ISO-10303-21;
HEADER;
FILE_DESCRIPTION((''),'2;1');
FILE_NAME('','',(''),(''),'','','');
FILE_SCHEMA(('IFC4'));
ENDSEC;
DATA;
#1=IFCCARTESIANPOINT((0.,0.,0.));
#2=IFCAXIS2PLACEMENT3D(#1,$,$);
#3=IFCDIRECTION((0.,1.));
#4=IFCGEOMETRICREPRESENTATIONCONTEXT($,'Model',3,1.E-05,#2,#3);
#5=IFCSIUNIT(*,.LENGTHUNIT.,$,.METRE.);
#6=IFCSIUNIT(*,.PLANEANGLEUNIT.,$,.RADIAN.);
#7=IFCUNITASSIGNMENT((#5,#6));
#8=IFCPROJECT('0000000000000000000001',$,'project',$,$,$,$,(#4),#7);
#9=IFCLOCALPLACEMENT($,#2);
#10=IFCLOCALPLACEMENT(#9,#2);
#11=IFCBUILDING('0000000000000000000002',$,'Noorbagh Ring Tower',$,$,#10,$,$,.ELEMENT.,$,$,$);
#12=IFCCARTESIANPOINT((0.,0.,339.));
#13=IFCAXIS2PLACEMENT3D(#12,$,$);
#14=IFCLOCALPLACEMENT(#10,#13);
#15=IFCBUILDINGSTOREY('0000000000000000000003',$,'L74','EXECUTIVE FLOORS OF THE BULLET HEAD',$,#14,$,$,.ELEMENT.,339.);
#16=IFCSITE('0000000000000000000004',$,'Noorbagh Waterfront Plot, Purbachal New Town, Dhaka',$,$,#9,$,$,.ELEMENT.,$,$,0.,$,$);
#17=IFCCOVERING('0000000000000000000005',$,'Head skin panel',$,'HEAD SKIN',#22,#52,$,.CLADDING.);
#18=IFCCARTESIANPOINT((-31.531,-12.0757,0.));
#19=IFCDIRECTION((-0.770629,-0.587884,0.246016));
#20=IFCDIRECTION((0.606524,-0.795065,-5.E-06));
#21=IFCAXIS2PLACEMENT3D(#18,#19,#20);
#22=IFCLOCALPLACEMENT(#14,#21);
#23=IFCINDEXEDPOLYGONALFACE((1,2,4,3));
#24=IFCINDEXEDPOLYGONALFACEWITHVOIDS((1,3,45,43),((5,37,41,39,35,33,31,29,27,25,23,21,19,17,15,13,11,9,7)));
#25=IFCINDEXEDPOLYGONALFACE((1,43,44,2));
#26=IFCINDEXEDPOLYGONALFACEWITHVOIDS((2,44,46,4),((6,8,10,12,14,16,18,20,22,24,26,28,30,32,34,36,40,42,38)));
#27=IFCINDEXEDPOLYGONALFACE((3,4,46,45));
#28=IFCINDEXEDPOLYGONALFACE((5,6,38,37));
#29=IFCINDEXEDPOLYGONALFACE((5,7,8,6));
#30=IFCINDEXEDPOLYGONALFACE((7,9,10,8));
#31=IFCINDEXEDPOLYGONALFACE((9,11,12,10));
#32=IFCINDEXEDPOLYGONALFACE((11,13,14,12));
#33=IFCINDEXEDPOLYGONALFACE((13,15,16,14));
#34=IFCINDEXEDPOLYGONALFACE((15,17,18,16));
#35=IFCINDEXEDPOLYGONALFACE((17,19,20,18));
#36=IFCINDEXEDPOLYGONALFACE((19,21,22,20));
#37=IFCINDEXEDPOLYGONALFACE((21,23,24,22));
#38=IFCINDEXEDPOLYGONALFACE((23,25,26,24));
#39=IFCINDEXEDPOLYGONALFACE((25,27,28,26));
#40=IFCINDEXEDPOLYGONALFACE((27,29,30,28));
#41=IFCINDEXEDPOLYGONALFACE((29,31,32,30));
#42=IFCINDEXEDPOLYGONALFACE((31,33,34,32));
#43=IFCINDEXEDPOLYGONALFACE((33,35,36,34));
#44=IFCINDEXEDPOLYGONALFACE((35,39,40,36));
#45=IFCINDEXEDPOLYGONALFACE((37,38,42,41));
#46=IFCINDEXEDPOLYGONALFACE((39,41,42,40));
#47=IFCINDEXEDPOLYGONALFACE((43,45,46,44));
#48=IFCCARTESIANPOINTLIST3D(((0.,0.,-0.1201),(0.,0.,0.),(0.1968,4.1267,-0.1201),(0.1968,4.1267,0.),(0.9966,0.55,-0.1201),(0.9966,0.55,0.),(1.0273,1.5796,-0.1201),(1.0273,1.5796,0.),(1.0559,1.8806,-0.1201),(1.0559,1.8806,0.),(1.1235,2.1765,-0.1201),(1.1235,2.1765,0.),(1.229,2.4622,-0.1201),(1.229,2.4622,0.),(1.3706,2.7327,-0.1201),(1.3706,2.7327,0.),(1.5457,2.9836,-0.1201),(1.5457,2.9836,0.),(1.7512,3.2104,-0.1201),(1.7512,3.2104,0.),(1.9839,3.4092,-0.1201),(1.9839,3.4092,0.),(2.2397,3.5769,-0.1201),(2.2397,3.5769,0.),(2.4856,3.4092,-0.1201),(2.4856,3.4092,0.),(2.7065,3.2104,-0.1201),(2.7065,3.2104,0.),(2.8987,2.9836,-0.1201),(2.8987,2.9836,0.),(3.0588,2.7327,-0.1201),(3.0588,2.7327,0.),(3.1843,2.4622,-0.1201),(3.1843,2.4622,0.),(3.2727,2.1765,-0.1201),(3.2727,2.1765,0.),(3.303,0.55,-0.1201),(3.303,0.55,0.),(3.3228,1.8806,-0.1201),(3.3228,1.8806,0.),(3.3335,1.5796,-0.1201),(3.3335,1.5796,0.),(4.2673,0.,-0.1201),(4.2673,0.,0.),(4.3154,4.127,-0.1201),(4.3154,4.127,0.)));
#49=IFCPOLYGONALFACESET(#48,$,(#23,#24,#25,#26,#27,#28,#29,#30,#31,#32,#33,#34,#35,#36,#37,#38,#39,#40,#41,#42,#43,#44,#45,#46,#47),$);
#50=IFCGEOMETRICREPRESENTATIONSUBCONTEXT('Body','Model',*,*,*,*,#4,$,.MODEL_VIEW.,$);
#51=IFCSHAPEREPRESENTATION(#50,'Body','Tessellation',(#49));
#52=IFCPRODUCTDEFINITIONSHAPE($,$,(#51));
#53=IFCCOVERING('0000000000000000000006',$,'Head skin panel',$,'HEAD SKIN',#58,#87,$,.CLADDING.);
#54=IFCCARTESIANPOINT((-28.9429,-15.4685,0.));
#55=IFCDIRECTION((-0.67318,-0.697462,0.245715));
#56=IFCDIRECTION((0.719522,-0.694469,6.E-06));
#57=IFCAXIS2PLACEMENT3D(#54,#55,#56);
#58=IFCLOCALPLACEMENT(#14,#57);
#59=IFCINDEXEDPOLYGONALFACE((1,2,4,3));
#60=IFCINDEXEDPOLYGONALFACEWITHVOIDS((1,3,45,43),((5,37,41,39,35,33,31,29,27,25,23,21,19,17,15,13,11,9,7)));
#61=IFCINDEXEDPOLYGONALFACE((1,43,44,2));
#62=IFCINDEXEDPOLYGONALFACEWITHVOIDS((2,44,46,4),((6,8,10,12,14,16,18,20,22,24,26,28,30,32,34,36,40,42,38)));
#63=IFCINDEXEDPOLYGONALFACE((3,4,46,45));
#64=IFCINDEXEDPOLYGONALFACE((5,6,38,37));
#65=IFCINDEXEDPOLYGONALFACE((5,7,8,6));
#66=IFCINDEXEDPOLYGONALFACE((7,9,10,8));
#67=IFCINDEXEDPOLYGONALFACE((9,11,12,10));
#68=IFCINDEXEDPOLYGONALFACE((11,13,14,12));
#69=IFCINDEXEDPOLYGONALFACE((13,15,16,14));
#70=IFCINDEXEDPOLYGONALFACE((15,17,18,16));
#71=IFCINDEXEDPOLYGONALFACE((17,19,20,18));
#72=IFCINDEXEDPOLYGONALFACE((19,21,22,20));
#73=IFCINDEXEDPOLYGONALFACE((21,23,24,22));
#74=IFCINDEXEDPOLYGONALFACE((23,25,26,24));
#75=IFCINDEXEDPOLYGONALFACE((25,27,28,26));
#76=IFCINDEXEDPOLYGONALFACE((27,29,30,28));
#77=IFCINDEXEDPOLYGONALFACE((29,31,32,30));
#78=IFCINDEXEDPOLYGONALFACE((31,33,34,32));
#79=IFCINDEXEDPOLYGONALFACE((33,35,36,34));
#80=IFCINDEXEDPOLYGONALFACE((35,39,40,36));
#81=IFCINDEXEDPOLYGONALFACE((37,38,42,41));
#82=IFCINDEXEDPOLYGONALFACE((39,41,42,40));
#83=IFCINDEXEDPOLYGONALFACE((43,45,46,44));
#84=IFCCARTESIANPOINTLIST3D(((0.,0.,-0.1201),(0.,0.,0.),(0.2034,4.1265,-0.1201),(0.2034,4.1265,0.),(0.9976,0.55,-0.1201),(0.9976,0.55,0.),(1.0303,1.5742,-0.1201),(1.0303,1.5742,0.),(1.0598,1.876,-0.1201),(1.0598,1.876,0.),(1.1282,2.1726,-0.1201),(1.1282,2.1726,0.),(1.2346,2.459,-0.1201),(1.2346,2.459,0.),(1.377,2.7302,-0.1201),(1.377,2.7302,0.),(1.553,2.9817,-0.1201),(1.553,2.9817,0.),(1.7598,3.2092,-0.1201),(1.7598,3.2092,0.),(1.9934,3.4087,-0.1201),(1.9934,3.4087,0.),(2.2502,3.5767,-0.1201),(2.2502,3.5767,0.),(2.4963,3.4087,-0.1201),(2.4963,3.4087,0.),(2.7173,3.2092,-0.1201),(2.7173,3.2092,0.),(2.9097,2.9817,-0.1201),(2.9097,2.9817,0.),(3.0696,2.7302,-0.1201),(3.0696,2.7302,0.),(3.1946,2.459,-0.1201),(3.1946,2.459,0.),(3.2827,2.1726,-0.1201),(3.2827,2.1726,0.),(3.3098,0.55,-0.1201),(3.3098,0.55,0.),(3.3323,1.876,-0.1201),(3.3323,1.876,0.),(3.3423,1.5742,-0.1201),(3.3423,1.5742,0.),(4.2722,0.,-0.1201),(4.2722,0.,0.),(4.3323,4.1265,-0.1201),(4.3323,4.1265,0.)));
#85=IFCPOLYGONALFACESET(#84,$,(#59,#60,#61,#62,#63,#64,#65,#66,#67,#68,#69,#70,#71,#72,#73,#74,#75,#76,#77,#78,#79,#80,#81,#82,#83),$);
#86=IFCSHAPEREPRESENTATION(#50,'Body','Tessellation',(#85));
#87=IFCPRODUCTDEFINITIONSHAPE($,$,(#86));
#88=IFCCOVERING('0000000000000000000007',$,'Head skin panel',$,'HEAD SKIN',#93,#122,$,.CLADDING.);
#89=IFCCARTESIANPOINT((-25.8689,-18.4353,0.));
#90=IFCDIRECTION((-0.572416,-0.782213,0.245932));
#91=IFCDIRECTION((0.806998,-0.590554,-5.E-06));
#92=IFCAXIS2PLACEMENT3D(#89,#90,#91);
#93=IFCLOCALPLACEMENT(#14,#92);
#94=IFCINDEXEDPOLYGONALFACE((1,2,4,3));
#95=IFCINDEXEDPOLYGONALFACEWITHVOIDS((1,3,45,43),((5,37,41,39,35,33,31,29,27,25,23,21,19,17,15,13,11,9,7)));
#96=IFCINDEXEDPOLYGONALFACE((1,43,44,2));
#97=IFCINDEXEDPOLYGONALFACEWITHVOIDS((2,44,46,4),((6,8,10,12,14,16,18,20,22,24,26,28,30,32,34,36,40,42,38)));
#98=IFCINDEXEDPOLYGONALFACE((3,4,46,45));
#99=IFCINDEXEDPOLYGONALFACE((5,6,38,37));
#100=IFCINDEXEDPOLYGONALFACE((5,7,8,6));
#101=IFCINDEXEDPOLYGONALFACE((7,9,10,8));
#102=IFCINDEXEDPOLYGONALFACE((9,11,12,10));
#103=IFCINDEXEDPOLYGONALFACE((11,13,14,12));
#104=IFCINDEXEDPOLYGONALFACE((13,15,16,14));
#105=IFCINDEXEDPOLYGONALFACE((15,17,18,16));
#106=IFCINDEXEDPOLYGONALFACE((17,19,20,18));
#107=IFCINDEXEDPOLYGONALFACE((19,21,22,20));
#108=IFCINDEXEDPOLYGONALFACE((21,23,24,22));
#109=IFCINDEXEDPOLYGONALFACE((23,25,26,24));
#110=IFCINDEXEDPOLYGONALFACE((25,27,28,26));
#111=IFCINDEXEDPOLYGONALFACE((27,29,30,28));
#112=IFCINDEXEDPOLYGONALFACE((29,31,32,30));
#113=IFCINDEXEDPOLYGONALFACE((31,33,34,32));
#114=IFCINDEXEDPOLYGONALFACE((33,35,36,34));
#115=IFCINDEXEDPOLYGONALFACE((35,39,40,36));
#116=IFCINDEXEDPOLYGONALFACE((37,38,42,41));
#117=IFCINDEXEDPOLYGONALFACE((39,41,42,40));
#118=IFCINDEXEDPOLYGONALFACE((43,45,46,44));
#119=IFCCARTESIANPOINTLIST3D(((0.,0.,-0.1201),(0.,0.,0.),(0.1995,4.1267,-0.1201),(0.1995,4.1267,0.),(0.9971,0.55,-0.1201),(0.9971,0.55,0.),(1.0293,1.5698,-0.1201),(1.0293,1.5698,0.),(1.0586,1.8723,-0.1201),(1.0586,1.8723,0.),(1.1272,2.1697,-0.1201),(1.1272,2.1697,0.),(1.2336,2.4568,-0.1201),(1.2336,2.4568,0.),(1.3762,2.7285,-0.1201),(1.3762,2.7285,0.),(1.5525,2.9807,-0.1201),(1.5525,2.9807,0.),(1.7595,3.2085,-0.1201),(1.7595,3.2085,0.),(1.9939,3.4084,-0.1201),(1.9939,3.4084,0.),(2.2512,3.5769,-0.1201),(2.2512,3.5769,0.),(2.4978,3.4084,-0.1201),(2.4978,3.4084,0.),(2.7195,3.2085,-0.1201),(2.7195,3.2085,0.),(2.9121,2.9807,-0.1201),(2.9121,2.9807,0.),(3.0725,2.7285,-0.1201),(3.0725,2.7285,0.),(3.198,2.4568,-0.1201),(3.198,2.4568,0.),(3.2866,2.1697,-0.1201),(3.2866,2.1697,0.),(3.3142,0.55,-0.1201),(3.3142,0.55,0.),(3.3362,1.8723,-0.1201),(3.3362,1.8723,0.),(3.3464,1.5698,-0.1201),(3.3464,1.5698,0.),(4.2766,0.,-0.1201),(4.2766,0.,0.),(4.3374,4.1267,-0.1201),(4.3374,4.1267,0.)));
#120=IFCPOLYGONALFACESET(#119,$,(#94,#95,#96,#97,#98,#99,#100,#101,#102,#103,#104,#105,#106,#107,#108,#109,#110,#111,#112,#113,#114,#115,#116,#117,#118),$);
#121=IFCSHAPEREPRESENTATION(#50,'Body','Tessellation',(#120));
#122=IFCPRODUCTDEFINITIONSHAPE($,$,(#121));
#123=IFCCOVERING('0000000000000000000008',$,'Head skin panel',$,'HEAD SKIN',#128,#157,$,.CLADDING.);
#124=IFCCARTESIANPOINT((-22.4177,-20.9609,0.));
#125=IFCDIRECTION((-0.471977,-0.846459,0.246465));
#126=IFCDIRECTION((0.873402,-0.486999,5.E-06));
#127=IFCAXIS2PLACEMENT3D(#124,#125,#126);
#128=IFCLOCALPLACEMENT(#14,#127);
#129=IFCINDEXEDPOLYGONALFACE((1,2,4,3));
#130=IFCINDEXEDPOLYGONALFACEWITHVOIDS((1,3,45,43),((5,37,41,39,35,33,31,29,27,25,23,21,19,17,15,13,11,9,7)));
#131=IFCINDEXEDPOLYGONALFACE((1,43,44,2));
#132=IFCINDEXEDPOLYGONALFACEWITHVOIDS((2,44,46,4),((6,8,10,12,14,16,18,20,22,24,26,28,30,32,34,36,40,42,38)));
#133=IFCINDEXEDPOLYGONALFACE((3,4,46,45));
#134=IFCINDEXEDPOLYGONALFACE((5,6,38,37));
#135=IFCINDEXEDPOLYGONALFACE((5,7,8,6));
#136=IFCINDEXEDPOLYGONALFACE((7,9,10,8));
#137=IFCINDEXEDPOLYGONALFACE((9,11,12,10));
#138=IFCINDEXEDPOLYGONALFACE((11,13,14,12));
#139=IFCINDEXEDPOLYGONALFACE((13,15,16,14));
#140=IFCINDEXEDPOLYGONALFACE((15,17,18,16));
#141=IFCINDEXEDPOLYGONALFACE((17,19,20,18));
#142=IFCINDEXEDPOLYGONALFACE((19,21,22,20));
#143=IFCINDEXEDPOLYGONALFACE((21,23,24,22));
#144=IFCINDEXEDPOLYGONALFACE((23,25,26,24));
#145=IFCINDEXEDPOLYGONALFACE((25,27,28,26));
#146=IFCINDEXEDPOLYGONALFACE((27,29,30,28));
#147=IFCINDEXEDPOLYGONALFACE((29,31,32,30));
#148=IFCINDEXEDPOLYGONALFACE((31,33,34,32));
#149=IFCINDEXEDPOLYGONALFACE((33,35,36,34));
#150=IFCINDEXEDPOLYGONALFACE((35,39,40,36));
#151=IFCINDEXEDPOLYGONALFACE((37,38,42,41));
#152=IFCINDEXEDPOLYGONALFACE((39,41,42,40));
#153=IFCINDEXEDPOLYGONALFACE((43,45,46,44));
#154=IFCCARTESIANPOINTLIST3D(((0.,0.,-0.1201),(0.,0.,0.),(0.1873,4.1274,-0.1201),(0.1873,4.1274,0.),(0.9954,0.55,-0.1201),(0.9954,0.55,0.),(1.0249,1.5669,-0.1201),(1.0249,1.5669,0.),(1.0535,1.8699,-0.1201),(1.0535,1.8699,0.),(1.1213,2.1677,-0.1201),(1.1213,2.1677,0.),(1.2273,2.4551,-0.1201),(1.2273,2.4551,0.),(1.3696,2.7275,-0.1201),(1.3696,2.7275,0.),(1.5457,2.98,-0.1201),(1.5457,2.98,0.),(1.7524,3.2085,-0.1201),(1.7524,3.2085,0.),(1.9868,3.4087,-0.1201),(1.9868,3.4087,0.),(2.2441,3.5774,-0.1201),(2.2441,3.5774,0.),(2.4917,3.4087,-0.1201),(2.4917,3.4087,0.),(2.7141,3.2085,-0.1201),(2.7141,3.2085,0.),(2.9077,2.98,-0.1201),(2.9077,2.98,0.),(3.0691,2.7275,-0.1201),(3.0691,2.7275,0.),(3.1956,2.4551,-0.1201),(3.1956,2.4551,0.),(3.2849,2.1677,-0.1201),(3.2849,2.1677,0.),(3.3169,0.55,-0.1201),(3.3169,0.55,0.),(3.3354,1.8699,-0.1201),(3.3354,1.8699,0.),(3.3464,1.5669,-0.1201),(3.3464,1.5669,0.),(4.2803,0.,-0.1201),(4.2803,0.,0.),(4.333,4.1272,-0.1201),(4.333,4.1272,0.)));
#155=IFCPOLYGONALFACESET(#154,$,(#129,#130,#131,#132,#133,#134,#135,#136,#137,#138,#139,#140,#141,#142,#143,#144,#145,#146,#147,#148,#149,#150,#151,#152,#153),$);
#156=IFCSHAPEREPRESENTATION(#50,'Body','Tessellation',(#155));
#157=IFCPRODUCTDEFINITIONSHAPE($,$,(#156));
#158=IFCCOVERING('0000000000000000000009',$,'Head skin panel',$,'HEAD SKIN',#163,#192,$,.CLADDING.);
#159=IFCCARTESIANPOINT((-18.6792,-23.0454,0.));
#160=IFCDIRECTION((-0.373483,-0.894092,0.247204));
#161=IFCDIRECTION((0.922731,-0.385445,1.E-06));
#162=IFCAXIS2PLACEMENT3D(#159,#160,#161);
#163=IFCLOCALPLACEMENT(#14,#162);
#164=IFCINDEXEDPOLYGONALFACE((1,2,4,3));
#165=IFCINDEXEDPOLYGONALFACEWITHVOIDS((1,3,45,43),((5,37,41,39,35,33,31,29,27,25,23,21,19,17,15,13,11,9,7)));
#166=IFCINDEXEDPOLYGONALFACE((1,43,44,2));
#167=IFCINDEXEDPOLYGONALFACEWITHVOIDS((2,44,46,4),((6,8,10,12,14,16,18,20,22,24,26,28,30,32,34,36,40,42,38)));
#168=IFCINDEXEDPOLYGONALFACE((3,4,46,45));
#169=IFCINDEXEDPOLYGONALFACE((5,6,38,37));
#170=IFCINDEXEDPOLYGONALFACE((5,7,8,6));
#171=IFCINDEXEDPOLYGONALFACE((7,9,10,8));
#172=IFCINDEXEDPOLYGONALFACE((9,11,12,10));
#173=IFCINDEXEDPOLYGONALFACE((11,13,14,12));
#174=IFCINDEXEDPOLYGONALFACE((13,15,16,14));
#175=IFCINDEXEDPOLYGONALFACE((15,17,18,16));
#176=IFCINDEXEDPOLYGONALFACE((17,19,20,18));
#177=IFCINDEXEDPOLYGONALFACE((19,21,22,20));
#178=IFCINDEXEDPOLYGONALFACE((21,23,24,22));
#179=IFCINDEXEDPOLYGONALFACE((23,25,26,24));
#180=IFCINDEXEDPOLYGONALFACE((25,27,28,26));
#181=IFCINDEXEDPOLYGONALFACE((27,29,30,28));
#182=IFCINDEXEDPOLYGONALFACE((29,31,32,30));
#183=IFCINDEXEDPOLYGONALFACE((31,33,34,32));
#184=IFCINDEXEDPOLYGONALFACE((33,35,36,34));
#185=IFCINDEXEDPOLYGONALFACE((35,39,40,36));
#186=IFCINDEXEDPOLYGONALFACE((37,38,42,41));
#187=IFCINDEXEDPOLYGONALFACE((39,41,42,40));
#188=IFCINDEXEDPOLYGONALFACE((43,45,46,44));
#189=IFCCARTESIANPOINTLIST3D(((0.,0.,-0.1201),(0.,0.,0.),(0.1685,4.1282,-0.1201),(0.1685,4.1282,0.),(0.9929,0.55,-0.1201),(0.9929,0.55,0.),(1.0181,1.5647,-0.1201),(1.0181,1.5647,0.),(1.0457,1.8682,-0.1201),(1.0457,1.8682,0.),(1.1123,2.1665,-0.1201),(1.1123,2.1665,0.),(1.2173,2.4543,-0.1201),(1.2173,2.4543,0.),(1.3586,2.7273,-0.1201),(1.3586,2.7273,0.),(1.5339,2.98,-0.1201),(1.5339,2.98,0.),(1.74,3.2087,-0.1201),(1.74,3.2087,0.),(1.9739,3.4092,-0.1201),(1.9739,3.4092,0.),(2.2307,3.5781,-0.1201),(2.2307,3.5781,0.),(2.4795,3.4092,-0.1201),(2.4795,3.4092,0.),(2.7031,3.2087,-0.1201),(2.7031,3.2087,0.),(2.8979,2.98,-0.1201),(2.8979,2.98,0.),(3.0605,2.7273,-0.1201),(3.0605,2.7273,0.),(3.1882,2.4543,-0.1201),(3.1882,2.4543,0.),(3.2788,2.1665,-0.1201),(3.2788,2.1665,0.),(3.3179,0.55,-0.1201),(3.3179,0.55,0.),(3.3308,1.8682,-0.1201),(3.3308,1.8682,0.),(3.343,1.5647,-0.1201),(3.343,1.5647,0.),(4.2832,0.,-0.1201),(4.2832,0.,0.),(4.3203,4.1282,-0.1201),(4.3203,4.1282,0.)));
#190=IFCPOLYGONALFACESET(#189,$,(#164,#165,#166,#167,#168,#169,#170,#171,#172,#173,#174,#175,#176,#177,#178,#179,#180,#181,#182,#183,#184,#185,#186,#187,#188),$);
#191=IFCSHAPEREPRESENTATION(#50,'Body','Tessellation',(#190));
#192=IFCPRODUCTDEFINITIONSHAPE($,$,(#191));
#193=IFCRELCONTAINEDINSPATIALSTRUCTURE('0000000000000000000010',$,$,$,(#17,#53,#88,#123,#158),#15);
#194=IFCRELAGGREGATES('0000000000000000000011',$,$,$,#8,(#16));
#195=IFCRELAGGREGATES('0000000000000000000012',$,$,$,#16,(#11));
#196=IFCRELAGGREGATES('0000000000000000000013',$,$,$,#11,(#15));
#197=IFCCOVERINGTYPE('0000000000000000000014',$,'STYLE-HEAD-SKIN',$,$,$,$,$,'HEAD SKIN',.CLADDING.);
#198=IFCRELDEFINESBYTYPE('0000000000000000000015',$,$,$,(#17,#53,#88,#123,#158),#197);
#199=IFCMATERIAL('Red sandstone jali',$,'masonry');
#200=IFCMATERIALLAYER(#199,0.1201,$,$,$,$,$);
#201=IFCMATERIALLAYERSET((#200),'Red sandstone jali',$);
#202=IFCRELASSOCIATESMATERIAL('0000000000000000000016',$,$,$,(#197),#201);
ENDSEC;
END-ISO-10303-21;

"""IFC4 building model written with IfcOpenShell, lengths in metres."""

from ifc_helpers import new_model, si_unit, direction, frame, origin, place, context, subcontext, project, spatial, polyline, outline, extrude, material, layer, layer_set, type_object, element, save


model = new_model("IFC4")

# Units and contexts
model_context = context("Model", 3, precision=1e-05, world=origin(), true_north=direction((0.0, 1.0)))
body_context = subcontext(model_context, "Body", "Model", "MODEL_VIEW")
ifc_project = project(units=[si_unit("LENGTHUNIT", "METRE"), si_unit("PLANEANGLEUNIT", "RADIAN")], contexts=[model_context])

# Site, building, storey
site_placement = place(None, origin())
site = spatial("IfcSite", under=ifc_project, at=site_placement, Name="Noorbagh Waterfront Plot, Purbachal New Town, Dhaka", CompositionType="ELEMENT", RefElevation=0.0)
building_placement = place(site_placement, origin())
building = spatial("IfcBuilding", under=site, at=building_placement, Name="Noorbagh Ring Tower", CompositionType="ELEMENT")
storey_placement = place(building_placement, frame((0.0, 0.0, 339.0)))
storey = spatial("IfcBuildingStorey", under=building, at=storey_placement, Name="L74", Description="EXECUTIVE FLOORS OF THE BULLET HEAD", CompositionType="ELEMENT", Elevation=339.0)

# Coverings
ifc_material_1 = material(Name="Red sandstone jali", Category="masonry")
ifc_layer_1 = layer(ifc_material_1, 0.1201)
ifc_layer_set_1 = layer_set([ifc_layer_1], Name="Red sandstone jali")
covering_type_1 = type_object("IfcCoveringType", Name="STYLE-HEAD-SKIN", ElementType="HEAD SKIN", PredefinedType="CLADDING", material=ifc_layer_set_1)
covering_1_placement = place(storey_placement, frame((-31.531, -12.0757, 0.0), z_axis=(-0.770629, -0.587884, 0.246016), x_axis=(0.606524, -0.795065, -0.000005)))
element("IfcCovering", 1, at=covering_1_placement, inside=storey, type_object=covering_type_1, Name="Head skin panel", ObjectType="HEAD SKIN", PredefinedType="CLADDING", context=body_context, shape_type="SweptSolid", body=[
    extrude(outline(polyline([(0.0, 0.0), (4.2673, 0.0), (4.3154, 4.127), (0.1968, 4.1267), (0.0, 0.0)]), holes=[polyline([(0.9966, 0.55), (1.0273, 1.5796), (1.0559, 1.8806), (1.1235, 2.1765), (1.229, 2.4622), (1.3706, 2.7327), (1.5457, 2.9836), (1.7512, 3.2104), (1.9839, 3.4092), (2.2397, 3.5769), (2.4856, 3.4092), (2.7065, 3.2104), (2.8987, 2.9836), (3.0588, 2.7327), (3.1843, 2.4622), (3.2727, 2.1765), (3.3228, 1.8806), (3.3335, 1.5796), (3.303, 0.55), (0.9966, 0.55)])]), origin(), (0.0, 0.0, -1.0), 0.1201),
])
covering_2_placement = place(storey_placement, frame((-28.9429, -15.4685, 0.0), z_axis=(-0.67318, -0.697462, 0.245715), x_axis=(0.719522, -0.694469, 0.000006)))
element("IfcCovering", 2, at=covering_2_placement, inside=storey, type_object=covering_type_1, Name="Head skin panel", ObjectType="HEAD SKIN", PredefinedType="CLADDING", context=body_context, shape_type="SweptSolid", body=[
    extrude(outline(polyline([(0.0, 0.0), (4.2722, 0.0), (4.3323, 4.1265), (0.2034, 4.1265), (0.0, 0.0)]), holes=[polyline([(0.9976, 0.55), (1.0303, 1.5742), (1.0598, 1.876), (1.1282, 2.1726), (1.2346, 2.459), (1.377, 2.7302), (1.553, 2.9817), (1.7598, 3.2092), (1.9934, 3.4087), (2.2502, 3.5767), (2.4963, 3.4087), (2.7173, 3.2092), (2.9097, 2.9817), (3.0696, 2.7302), (3.1946, 2.459), (3.2827, 2.1726), (3.3323, 1.876), (3.3423, 1.5742), (3.3098, 0.55), (0.9976, 0.55)])]), origin(), (0.0, 0.0, -1.0), 0.1201),
])
covering_3_placement = place(storey_placement, frame((-25.8689, -18.4353, 0.0), z_axis=(-0.572416, -0.782213, 0.245932), x_axis=(0.806998, -0.590554, -0.000005)))
element("IfcCovering", 3, at=covering_3_placement, inside=storey, type_object=covering_type_1, Name="Head skin panel", ObjectType="HEAD SKIN", PredefinedType="CLADDING", context=body_context, shape_type="SweptSolid", body=[
    extrude(outline(polyline([(0.0, 0.0), (4.2766, 0.0), (4.3374, 4.1267), (0.1995, 4.1267), (0.0, 0.0)]), holes=[polyline([(0.9971, 0.55), (1.0293, 1.5698), (1.0586, 1.8723), (1.1272, 2.1697), (1.2336, 2.4568), (1.3762, 2.7285), (1.5525, 2.9807), (1.7595, 3.2085), (1.9939, 3.4084), (2.2512, 3.5769), (2.4978, 3.4084), (2.7195, 3.2085), (2.9121, 2.9807), (3.0725, 2.7285), (3.198, 2.4568), (3.2866, 2.1697), (3.3362, 1.8723), (3.3464, 1.5698), (3.3142, 0.55), (0.9971, 0.55)])]), origin(), (0.0, 0.0, -1.0), 0.1201),
])
covering_4_placement = place(storey_placement, frame((-22.4177, -20.9609, 0.0), z_axis=(-0.471977, -0.846459, 0.246465), x_axis=(0.873402, -0.486999, 0.000005)))
element("IfcCovering", 4, at=covering_4_placement, inside=storey, type_object=covering_type_1, Name="Head skin panel", ObjectType="HEAD SKIN", PredefinedType="CLADDING", context=body_context, shape_type="SweptSolid", body=[
    extrude(outline(polyline([(0.0, 0.0), (4.2803, 0.0), (4.333, 4.1272), (0.1873, 4.1274), (0.0, 0.0)]), holes=[polyline([(0.9954, 0.55), (1.0249, 1.5669), (1.0535, 1.8699), (1.1213, 2.1677), (1.2273, 2.4551), (1.3696, 2.7275), (1.5457, 2.98), (1.7524, 3.2085), (1.9868, 3.4087), (2.2441, 3.5774), (2.4917, 3.4087), (2.7141, 3.2085), (2.9077, 2.98), (3.0691, 2.7275), (3.1956, 2.4551), (3.2849, 2.1677), (3.3354, 1.8699), (3.3464, 1.5669), (3.3169, 0.55), (0.9954, 0.55)])]), origin(), (0.0, 0.0, -1.0), 0.1201),
])
covering_5_placement = place(storey_placement, frame((-18.6792, -23.0454, 0.0), z_axis=(-0.373483, -0.894092, 0.247204), x_axis=(0.922731, -0.385445, 0.000001)))
element("IfcCovering", 5, at=covering_5_placement, inside=storey, type_object=covering_type_1, Name="Head skin panel", ObjectType="HEAD SKIN", PredefinedType="CLADDING", context=body_context, shape_type="SweptSolid", body=[
    extrude(outline(polyline([(0.0, 0.0), (4.2832, 0.0), (4.3203, 4.1282), (0.1685, 4.1282), (0.0, 0.0)]), holes=[polyline([(0.9929, 0.55), (1.0181, 1.5647), (1.0457, 1.8682), (1.1123, 2.1665), (1.2173, 2.4543), (1.3586, 2.7273), (1.5339, 2.98), (1.74, 3.2087), (1.9739, 3.4092), (2.2307, 3.5781), (2.4795, 3.4092), (2.7031, 3.2087), (2.8979, 2.98), (3.0605, 2.7273), (3.1882, 2.4543), (3.2788, 2.1665), (3.3308, 1.8682), (3.343, 1.5647), (3.3179, 0.55), (0.9929, 0.55)])]), origin(), (0.0, 0.0, -1.0), 0.1201),
])

save(model, "model.ifc")
